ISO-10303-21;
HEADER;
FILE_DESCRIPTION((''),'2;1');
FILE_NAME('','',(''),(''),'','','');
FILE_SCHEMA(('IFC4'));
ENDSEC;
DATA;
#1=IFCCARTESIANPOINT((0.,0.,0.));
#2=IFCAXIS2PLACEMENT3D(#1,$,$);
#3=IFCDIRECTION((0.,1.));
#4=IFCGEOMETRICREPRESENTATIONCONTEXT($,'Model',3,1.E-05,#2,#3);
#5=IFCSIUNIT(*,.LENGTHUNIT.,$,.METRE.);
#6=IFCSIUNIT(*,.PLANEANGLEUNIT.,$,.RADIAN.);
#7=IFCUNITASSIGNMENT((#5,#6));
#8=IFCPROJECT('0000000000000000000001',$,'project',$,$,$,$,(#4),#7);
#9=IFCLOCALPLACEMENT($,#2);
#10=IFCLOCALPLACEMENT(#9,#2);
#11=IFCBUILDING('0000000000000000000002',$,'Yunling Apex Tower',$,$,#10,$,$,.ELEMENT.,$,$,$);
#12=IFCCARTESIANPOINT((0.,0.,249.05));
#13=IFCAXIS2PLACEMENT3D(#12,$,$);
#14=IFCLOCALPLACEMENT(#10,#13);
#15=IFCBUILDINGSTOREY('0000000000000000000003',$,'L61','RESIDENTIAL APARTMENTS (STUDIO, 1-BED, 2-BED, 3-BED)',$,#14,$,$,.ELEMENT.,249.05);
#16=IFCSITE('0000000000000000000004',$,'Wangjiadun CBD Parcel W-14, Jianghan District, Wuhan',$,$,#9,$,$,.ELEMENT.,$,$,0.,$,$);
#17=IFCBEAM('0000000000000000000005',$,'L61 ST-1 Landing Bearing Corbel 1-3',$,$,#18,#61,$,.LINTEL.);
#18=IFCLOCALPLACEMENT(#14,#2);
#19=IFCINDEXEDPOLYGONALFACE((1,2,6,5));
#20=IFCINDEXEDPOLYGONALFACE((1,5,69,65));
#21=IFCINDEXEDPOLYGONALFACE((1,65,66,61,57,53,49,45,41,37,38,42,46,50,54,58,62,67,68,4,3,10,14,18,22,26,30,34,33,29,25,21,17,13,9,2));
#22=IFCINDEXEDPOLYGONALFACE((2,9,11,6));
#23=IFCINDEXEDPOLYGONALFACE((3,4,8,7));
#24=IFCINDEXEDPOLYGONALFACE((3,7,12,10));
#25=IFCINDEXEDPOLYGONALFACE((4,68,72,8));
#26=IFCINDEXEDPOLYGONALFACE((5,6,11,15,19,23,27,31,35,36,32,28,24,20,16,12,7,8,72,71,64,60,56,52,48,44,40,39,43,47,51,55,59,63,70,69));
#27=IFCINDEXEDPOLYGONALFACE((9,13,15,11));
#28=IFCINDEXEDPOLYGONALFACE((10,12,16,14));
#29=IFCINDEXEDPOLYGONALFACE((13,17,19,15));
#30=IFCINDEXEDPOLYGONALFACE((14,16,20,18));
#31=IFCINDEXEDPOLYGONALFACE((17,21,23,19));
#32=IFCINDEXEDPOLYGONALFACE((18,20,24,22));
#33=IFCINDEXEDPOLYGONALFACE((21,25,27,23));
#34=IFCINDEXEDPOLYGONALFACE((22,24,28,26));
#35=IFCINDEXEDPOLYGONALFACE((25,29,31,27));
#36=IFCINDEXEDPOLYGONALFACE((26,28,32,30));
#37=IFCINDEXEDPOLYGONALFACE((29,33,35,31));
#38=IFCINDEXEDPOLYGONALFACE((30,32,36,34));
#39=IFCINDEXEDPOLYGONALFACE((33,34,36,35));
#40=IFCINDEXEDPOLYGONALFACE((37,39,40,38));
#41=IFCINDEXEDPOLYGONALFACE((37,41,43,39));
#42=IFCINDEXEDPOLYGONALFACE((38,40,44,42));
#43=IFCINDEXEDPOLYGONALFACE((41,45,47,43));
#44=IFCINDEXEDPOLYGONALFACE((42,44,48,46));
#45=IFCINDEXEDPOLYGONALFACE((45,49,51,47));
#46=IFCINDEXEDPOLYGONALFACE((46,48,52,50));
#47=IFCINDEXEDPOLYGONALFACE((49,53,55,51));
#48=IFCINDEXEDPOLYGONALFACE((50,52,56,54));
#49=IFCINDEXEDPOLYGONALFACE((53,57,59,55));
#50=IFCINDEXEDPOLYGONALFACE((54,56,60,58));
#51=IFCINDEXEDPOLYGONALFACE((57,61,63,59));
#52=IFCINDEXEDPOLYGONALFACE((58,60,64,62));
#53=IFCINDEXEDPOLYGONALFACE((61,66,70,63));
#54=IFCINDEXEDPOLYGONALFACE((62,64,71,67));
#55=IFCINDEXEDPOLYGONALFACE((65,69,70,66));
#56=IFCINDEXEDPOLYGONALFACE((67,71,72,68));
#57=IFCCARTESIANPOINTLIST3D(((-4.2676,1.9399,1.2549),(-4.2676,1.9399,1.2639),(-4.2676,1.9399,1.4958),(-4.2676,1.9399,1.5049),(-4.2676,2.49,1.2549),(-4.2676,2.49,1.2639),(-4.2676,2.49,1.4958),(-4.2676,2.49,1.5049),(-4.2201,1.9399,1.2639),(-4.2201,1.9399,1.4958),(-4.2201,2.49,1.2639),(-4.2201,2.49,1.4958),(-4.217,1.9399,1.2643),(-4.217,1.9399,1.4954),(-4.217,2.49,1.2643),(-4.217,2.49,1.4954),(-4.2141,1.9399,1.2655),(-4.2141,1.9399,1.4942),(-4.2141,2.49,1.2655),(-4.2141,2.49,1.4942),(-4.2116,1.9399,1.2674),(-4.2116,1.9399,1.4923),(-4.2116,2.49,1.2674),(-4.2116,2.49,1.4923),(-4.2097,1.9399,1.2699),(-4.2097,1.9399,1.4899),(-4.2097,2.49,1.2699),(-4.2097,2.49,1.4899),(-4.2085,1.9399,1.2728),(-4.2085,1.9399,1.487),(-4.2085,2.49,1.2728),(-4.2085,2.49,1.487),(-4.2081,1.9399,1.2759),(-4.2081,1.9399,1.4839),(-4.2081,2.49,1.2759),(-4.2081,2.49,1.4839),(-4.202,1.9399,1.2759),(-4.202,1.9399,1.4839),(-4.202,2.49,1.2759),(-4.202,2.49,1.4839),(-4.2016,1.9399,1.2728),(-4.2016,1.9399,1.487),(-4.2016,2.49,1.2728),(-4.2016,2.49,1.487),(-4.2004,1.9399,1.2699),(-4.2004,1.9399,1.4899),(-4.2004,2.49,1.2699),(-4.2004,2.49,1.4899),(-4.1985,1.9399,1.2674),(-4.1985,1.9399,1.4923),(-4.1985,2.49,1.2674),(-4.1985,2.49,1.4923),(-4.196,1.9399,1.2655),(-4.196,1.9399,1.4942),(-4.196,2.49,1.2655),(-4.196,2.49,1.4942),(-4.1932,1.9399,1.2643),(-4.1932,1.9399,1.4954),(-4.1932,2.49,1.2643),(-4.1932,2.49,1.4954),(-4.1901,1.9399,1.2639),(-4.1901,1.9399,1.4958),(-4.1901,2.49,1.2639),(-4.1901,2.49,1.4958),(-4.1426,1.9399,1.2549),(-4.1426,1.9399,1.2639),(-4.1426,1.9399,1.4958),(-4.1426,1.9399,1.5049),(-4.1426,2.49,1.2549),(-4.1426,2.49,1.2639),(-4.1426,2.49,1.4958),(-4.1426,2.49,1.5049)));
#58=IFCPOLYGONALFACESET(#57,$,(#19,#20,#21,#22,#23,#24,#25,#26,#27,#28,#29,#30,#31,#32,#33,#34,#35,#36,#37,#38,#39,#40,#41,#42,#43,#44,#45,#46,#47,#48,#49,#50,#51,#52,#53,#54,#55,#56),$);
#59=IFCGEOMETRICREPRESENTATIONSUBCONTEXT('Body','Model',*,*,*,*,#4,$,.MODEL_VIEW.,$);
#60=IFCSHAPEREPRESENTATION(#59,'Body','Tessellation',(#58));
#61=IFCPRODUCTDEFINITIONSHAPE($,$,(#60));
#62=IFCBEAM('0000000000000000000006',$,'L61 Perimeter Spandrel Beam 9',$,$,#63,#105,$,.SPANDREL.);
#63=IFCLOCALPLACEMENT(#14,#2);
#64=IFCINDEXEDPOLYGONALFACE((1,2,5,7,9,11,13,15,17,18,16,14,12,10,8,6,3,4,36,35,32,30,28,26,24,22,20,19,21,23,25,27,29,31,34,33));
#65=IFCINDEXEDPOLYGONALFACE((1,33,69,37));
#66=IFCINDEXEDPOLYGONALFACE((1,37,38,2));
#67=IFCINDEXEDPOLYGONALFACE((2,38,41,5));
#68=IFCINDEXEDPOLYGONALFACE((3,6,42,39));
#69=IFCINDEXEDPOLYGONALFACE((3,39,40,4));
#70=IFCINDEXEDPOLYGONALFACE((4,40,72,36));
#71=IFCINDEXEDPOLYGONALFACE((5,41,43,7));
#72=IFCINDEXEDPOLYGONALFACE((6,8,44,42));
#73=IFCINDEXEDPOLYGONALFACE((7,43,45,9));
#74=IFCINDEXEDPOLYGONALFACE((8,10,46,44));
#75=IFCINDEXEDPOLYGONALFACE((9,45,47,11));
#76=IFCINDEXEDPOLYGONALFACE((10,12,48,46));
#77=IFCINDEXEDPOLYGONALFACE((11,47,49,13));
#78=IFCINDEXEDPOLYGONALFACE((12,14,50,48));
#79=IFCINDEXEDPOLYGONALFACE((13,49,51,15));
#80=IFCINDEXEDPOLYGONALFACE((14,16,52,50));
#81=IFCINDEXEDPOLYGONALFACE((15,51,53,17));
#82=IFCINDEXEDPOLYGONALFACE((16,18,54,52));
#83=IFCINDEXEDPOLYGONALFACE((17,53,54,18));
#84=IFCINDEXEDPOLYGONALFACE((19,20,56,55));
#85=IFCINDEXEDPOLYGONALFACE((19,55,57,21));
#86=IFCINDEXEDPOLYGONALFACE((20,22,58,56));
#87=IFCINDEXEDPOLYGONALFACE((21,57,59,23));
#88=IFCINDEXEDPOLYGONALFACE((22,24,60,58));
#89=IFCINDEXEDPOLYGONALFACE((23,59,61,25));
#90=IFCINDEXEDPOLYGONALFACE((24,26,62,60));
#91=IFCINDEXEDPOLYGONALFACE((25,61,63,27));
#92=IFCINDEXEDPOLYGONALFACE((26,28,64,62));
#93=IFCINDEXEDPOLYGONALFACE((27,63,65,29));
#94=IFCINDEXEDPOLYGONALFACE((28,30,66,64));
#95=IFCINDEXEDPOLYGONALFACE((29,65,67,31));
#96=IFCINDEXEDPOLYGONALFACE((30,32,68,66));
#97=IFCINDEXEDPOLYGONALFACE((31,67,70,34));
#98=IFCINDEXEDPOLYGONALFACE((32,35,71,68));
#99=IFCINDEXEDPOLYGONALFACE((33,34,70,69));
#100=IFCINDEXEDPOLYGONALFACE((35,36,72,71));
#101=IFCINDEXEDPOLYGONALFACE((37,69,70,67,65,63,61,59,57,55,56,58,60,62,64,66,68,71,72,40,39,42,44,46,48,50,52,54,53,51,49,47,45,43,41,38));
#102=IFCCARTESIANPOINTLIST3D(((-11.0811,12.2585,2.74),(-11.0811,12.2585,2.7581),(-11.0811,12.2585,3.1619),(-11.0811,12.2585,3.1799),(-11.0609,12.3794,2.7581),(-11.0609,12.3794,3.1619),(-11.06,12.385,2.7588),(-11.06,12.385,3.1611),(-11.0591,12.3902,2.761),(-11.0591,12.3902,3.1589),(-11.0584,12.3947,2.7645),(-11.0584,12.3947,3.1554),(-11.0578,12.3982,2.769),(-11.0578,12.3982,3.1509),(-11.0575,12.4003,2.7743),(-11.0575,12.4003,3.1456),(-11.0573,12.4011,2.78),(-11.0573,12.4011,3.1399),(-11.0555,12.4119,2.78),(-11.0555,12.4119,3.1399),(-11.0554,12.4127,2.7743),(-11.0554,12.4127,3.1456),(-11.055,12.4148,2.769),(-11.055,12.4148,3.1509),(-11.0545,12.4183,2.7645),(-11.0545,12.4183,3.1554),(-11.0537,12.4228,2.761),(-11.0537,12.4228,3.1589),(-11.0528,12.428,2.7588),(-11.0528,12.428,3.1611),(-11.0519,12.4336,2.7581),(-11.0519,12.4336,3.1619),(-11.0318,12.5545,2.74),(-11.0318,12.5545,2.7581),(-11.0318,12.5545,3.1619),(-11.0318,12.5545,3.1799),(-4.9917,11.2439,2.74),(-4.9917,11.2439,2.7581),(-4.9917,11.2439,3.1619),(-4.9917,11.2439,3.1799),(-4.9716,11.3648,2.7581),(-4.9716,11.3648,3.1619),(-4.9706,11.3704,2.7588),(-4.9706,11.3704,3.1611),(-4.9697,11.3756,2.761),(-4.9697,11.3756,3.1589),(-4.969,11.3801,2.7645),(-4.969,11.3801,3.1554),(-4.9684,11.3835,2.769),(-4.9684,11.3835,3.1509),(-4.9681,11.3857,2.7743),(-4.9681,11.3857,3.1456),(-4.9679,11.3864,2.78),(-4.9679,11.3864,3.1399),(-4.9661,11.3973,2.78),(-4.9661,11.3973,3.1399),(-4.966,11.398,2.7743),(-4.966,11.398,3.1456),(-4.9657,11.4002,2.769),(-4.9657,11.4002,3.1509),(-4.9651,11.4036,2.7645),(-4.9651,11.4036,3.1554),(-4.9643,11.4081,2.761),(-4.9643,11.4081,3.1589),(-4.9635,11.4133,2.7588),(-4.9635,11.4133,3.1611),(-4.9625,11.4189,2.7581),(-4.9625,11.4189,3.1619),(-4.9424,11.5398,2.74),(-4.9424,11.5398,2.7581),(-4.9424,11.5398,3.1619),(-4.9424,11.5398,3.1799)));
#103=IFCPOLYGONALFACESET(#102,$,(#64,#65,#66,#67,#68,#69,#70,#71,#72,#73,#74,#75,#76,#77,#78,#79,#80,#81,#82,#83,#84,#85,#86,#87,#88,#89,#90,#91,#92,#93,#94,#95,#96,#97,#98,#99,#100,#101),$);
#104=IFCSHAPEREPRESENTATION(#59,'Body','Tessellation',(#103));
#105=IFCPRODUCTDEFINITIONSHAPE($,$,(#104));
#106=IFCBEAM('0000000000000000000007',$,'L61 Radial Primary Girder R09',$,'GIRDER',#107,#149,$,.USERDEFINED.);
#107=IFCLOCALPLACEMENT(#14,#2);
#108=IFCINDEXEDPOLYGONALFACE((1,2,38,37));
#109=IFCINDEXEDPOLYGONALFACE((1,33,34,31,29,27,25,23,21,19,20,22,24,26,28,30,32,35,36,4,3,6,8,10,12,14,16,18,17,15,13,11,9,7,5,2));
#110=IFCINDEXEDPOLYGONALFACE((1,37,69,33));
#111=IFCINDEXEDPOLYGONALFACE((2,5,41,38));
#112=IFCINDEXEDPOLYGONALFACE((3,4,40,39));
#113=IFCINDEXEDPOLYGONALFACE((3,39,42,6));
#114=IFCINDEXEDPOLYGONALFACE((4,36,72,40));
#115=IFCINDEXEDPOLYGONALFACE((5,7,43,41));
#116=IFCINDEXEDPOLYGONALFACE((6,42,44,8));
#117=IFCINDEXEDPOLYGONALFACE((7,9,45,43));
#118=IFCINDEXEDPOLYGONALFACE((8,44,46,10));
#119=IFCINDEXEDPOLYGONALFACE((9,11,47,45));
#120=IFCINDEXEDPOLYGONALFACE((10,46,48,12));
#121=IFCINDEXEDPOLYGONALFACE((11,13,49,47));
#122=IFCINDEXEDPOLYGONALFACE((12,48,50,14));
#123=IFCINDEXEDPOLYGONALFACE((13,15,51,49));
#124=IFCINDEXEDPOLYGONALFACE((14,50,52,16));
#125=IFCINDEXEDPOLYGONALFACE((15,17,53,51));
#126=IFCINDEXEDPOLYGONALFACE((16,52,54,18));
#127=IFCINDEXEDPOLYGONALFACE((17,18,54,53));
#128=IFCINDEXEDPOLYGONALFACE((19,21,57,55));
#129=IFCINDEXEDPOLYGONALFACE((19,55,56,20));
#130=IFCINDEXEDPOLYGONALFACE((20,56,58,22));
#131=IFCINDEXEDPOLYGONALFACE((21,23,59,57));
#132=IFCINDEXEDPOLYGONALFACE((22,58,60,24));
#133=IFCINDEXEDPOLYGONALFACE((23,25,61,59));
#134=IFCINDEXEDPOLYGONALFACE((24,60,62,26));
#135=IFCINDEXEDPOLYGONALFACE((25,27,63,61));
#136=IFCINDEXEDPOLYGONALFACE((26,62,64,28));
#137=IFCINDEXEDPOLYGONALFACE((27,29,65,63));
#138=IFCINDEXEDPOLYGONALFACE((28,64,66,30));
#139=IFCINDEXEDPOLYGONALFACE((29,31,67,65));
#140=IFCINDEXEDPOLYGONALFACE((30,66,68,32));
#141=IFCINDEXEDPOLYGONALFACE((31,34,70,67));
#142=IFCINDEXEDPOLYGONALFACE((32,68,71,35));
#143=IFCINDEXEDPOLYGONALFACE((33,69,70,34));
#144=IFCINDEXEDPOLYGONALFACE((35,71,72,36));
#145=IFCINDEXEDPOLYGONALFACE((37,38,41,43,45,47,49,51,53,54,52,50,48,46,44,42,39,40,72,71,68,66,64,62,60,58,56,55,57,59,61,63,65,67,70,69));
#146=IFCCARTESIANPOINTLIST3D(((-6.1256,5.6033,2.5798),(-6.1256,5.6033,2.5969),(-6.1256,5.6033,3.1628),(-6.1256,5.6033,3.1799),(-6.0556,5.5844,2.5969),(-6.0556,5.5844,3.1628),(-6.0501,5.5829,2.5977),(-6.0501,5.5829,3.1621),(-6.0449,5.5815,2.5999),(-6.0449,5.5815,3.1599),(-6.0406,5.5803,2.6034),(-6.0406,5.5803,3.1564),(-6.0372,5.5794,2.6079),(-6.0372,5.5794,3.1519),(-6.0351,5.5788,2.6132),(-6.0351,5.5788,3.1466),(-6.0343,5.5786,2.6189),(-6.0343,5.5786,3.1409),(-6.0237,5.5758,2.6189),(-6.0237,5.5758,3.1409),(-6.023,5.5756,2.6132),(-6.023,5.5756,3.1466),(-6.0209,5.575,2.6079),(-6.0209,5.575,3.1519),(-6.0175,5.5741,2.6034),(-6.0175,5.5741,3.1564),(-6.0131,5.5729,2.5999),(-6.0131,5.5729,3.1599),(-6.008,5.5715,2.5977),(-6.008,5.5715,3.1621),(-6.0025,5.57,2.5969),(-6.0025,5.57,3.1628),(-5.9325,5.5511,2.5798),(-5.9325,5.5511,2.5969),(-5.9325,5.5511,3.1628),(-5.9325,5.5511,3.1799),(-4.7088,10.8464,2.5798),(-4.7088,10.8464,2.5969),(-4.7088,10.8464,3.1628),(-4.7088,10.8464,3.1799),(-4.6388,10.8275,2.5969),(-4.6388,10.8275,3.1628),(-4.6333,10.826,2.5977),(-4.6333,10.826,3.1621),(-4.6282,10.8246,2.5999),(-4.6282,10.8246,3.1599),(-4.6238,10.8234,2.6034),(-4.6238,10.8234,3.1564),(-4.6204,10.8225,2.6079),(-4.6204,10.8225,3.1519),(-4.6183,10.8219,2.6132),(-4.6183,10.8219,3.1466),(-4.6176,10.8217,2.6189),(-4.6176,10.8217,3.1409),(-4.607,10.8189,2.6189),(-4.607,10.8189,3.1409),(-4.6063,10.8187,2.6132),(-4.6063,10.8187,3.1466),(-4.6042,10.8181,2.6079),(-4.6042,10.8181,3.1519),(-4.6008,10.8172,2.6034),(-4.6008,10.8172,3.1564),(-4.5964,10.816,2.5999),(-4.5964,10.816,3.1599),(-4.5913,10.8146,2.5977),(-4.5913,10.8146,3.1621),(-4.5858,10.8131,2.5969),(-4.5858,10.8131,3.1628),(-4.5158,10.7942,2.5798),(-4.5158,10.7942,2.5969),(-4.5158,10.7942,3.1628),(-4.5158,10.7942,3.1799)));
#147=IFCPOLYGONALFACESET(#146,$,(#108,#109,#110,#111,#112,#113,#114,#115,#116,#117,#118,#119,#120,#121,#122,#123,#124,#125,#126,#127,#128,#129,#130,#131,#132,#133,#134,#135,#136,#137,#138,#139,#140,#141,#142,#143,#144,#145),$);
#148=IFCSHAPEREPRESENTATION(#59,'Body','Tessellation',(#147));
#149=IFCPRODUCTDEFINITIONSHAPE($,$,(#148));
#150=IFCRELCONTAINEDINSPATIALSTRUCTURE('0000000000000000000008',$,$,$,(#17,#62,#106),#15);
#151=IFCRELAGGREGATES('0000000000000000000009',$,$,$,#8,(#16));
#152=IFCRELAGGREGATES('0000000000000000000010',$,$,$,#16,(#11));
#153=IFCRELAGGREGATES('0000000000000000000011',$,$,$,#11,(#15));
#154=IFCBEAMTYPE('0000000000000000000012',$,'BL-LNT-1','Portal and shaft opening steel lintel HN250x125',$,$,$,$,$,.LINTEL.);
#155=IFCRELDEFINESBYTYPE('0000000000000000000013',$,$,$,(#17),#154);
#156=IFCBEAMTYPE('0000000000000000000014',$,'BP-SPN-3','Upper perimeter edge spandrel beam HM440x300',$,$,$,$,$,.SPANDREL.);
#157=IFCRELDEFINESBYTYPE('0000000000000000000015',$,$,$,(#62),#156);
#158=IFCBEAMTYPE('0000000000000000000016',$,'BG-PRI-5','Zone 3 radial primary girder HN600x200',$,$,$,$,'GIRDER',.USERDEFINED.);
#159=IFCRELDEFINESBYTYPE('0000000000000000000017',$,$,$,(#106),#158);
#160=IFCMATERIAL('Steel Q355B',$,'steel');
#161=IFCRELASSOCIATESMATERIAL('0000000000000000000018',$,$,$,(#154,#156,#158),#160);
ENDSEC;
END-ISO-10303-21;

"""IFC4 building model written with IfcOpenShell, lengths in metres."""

from ifc_helpers import new_model, si_unit, direction, frame, origin, origin_2d, place, context, subcontext, project, spatial, i_section, extrude, source, transform, mapped, material, material_profile, profile_set, type_object, element, save


model = new_model("IFC4")

# Units and contexts
model_context = context("Model", 3, precision=1e-05, world=origin(), true_north=direction((0.0, 1.0)))
body_context = subcontext(model_context, "Body", "Model", "MODEL_VIEW")
ifc_project = project(units=[si_unit("LENGTHUNIT", "METRE"), si_unit("PLANEANGLEUNIT", "RADIAN")], contexts=[model_context])

# Site, building, storey
site_placement = place(None, origin())
site = spatial("IfcSite", under=ifc_project, at=site_placement, Name="Wangjiadun CBD Parcel W-14, Jianghan District, Wuhan", CompositionType="ELEMENT", RefElevation=0.0)
building_placement = place(site_placement, origin())
building = spatial("IfcBuilding", under=site, at=building_placement, Name="Yunling Apex Tower", CompositionType="ELEMENT")
storey_placement = place(building_placement, frame((0.0, 0.0, 249.05)))
storey = spatial("IfcBuildingStorey", under=building, at=storey_placement, Name="L61", Description="RESIDENTIAL APARTMENTS (STUDIO, 1-BED, 2-BED, 3-BED)", CompositionType="ELEMENT", Elevation=249.05)

# Beams
ifc_material_1 = material(Name="Steel Q355B", Category="steel")
ifc_material_profile_1 = material_profile(ifc_material_1, i_section(OverallWidth=0.125, OverallDepth=0.25, WebThickness=0.0061, FlangeThickness=0.009, FilletRadius=0.012, at=origin_2d()))
ifc_profile_set_1 = profile_set([ifc_material_profile_1], Name="Steel Q355B")
beam_type_1 = type_object("IfcBeamType", Name="BL-LNT-1", Description="Portal and shaft opening steel lintel HN250x125", PredefinedType="LINTEL", material=ifc_profile_set_1)
shared_shape_1 = source(origin(), body_context, "Body", "SweptSolid", [
    extrude(i_section(OverallWidth=0.125, OverallDepth=0.25, WebThickness=0.0061, FlangeThickness=0.009, FilletRadius=0.012, at=origin_2d()), origin(), (0.0, 0.0, 1.0), 0.55),
])
beam_1_placement = place(storey_placement, frame((-4.2051, 1.9399, 1.3799), z_axis=(0.0, 1.0, 0.0), x_axis=(-1.0, 0.0, 0.0)))
element("IfcBeam", 1, at=beam_1_placement, inside=storey, type_object=beam_type_1, Name="L61 ST-1 Landing Bearing Corbel 1-3", PredefinedType="LINTEL", context=body_context, shape_type="MappedRepresentation", body=[
    mapped(shared_shape_1, transform((0.0, 0.0, 0.0), scale=1.0)),
])
ifc_material_profile_2 = material_profile(ifc_material_1, i_section(OverallWidth=0.3, OverallDepth=0.4399, WebThickness=0.011, FlangeThickness=0.0181, FilletRadius=0.022, at=origin_2d()))
ifc_profile_set_2 = profile_set([ifc_material_profile_2], Name="Steel Q355B")
beam_type_2 = type_object("IfcBeamType", Name="BP-SPN-3", Description="Upper perimeter edge spandrel beam HM440x300", PredefinedType="SPANDREL", material=ifc_profile_set_2)
shared_shape_2 = source(origin(), body_context, "Body", "SweptSolid", [
    extrude(i_section(OverallWidth=0.3, OverallDepth=0.4399, WebThickness=0.011, FlangeThickness=0.0181, FilletRadius=0.022, at=origin_2d()), origin(), (0.0, 0.0, 1.0), 6.1733),
])
beam_2_placement = place(storey_placement, frame((-4.967, 11.3918, 2.96), z_axis=(-0.9864, 0.164361, 0.0), x_axis=(-0.164361, -0.9864, 0.0)))
element("IfcBeam", 2, at=beam_2_placement, inside=storey, type_object=beam_type_2, Name="L61 Perimeter Spandrel Beam 9", PredefinedType="SPANDREL", context=body_context, shape_type="MappedRepresentation", body=[
    mapped(shared_shape_2, transform((0.0, 0.0, 0.0), scale=1.0)),
])
ifc_material_profile_3 = material_profile(ifc_material_1, i_section(OverallWidth=0.2, OverallDepth=0.6001, WebThickness=0.011, FlangeThickness=0.0171, FilletRadius=0.022, at=origin_2d()))
ifc_profile_set_3 = profile_set([ifc_material_profile_3], Name="Steel Q355B")
beam_type_3 = type_object("IfcBeamType", Name="BG-PRI-5", Description="Zone 3 radial primary girder HN600x200", ElementType="GIRDER", PredefinedType="USERDEFINED", material=ifc_profile_set_3)
shared_shape_3 = source(origin(), body_context, "Body", "SweptSolid", [
    extrude(i_section(OverallWidth=0.2, OverallDepth=0.6001, WebThickness=0.011, FlangeThickness=0.0171, FilletRadius=0.022, at=origin_2d()), origin(), (0.0, 0.0, 1.0), 5.4312),
])
beam_3_placement = place(storey_placement, frame((-4.6123, 10.8203, 2.8799), z_axis=(-0.260854, -0.965378, 0.0), x_axis=(0.965378, -0.260854, 0.0)))
element("IfcBeam", 3, at=beam_3_placement, inside=storey, type_object=beam_type_3, Name="L61 Radial Primary Girder R09", ObjectType="GIRDER", PredefinedType="USERDEFINED", context=body_context, shape_type="MappedRepresentation", body=[
    mapped(shared_shape_3, transform((0.0, 0.0, 0.0), scale=1.0)),
])

save(model, "model.ifc")
